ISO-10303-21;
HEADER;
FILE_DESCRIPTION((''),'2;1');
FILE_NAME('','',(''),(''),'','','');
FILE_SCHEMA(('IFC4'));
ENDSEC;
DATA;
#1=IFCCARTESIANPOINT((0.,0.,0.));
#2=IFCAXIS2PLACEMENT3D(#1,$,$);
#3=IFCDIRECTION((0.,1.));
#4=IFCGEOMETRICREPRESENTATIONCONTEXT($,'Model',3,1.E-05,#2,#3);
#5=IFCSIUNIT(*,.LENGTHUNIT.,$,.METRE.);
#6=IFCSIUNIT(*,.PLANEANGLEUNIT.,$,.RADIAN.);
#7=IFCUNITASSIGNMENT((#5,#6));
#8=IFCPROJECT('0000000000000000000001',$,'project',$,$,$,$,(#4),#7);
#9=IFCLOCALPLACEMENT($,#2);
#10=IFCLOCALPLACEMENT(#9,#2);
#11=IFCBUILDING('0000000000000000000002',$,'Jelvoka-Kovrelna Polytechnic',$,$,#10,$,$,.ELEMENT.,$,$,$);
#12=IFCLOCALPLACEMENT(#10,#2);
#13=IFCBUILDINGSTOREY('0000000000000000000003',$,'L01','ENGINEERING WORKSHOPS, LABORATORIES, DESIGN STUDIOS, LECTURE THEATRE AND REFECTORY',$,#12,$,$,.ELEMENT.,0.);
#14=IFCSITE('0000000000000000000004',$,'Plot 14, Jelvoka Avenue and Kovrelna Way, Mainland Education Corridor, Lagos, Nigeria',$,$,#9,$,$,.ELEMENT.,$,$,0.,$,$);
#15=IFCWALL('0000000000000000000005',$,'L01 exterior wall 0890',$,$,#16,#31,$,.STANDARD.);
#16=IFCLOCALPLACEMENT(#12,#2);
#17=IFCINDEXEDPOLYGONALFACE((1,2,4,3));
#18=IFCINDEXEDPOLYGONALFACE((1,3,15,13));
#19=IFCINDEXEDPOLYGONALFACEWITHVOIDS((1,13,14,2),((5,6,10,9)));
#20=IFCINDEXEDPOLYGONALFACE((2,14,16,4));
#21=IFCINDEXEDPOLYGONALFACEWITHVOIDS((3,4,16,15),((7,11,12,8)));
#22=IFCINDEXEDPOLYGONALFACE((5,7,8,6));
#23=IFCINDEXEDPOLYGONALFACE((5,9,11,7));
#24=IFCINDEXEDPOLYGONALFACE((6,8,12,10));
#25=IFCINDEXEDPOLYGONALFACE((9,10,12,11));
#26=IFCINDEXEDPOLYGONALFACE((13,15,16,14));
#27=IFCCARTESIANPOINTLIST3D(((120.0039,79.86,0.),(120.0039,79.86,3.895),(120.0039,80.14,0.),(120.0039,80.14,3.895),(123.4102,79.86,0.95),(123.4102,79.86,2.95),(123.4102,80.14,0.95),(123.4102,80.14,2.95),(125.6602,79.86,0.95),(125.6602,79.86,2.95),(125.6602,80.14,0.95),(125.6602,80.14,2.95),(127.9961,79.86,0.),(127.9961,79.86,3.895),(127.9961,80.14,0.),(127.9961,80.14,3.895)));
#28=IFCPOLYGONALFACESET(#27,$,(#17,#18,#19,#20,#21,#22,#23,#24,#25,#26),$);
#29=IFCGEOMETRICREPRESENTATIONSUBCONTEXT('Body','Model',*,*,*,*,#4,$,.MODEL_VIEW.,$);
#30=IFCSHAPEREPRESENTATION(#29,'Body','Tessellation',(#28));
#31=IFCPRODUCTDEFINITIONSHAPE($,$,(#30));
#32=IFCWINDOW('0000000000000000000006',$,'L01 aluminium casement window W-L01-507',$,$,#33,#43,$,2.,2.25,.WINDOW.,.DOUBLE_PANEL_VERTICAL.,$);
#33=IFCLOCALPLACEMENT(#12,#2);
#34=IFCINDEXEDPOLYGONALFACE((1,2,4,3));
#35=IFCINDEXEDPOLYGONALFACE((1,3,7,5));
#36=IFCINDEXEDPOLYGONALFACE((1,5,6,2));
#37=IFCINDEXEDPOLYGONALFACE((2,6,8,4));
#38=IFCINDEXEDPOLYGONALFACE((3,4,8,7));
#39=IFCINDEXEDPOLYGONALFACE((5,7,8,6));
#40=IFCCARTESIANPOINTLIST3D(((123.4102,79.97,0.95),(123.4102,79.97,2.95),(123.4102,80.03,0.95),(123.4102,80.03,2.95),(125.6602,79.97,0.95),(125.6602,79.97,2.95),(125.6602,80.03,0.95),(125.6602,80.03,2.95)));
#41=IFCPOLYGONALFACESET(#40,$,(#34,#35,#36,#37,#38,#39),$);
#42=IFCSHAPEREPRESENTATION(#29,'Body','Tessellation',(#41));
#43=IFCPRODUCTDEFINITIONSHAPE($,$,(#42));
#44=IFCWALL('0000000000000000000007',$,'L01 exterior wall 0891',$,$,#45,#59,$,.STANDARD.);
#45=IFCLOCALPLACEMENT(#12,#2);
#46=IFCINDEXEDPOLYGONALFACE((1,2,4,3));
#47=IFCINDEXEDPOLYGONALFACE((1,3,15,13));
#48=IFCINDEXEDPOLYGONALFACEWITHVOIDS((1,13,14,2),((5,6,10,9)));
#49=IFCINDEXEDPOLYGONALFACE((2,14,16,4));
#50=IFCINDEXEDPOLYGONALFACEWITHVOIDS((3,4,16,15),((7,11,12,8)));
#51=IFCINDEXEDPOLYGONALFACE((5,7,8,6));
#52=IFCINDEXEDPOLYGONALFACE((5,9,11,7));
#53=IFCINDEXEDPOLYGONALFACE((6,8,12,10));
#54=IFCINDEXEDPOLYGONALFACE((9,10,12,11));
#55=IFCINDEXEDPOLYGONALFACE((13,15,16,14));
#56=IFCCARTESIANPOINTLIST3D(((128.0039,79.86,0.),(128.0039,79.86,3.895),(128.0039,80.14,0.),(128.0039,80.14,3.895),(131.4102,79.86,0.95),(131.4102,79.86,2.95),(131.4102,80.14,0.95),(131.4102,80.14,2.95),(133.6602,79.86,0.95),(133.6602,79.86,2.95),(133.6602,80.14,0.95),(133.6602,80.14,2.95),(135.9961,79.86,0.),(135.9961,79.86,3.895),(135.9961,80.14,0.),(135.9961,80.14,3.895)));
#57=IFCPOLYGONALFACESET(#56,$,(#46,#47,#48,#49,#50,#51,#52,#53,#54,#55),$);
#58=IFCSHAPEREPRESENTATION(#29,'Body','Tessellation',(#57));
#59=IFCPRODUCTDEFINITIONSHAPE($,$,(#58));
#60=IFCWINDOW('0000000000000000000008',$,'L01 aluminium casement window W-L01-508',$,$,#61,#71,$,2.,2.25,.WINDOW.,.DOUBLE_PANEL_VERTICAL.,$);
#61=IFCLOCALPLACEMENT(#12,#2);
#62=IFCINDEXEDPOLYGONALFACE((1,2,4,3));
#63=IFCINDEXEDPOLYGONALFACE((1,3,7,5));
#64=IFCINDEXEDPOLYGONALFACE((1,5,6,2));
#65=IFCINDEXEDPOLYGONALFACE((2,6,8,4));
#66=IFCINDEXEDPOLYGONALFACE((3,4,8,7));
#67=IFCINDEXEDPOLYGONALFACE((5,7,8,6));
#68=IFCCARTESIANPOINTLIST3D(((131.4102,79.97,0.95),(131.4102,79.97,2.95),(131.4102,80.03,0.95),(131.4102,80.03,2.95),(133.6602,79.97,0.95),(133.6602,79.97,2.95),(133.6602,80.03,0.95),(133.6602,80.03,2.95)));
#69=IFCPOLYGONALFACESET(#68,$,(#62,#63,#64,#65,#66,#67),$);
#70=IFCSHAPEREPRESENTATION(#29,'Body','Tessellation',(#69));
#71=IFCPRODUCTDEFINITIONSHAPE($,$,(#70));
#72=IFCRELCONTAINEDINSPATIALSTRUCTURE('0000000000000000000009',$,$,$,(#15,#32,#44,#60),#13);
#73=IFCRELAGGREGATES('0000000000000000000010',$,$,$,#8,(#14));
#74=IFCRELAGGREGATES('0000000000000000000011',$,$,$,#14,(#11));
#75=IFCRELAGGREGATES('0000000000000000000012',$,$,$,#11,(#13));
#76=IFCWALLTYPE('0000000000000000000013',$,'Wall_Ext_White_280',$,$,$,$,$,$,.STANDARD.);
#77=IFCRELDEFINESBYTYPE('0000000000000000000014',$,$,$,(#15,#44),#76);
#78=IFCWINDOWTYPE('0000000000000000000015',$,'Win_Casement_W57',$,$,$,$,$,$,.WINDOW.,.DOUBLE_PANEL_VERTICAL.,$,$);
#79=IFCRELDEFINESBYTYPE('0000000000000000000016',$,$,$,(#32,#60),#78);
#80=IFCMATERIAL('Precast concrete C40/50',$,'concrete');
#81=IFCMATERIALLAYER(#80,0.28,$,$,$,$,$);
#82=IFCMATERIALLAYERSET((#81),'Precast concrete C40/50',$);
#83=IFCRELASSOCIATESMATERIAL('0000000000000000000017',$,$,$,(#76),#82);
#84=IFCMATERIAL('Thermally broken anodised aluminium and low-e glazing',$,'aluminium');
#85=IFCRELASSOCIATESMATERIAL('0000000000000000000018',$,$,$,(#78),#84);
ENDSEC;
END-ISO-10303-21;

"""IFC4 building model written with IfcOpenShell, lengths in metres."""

from ifc_helpers import new_model, si_unit, direction, frame, frame_2d, origin, place, context, subcontext, project, spatial, rectangle, extrude, material, layer, layer_set, type_object, element, fill, save


model = new_model("IFC4")

# Units and contexts
model_context = context("Model", 3, precision=1e-05, world=origin(), true_north=direction((0.0, 1.0)))
body_context = subcontext(model_context, "Body", "Model", "MODEL_VIEW")
ifc_project = project(units=[si_unit("LENGTHUNIT", "METRE"), si_unit("PLANEANGLEUNIT", "RADIAN")], contexts=[model_context])

# Site, building, storey
site_placement = place(None, origin())
site = spatial("IfcSite", under=ifc_project, at=site_placement, Name="Plot 14, Jelvoka Avenue and Kovrelna Way, Mainland Education Corridor, Lagos, Nigeria", CompositionType="ELEMENT", RefElevation=0.0)
building_placement = place(site_placement, origin())
building = spatial("IfcBuilding", under=site, at=building_placement, Name="Jelvoka-Kovrelna Polytechnic", CompositionType="ELEMENT")
storey_placement = place(building_placement, origin())
storey = spatial("IfcBuildingStorey", under=building, at=storey_placement, Name="L01", Description="ENGINEERING WORKSHOPS, LABORATORIES, DESIGN STUDIOS, LECTURE THEATRE AND REFECTORY", CompositionType="ELEMENT", Elevation=0.0)

# Walls, openings, windows
ifc_material_1 = material(Name="Precast concrete C40/50", Category="concrete")
ifc_layer_1 = layer(ifc_material_1, 0.28)
ifc_layer_set_1 = layer_set([ifc_layer_1], Name="Precast concrete C40/50")
wall_type_1 = type_object("IfcWallType", Name="Wall_Ext_White_280", PredefinedType="STANDARD", material=ifc_layer_set_1)
wall_1_placement = place(storey_placement, frame((127.9961, 80.0, 0.0), z_axis=(0.0, 0.0, 1.0), x_axis=(-1.0, 0.0, 0.0)))
wall_1 = element("IfcWall", 1, at=wall_1_placement, inside=storey, type_object=wall_type_1, Name="L01 exterior wall 0890", PredefinedType="STANDARD", context=body_context, shape_type="SweptSolid", body=[
    extrude(rectangle(XDim=7.9922, YDim=0.28, at=frame_2d((3.9961, 0.0))), origin(), (0.0, 0.0, 1.0), 3.895),
])
opening_1_placement = place(wall_1_placement, frame((2.3359, 0.0, 0.95)))
opening_1 = element("IfcOpeningElement", 2, at=opening_1_placement, cuts=wall_1, PredefinedType="OPENING", context=body_context, shape_type="SweptSolid", body=[
    extrude(rectangle(XDim=2.25, YDim=2.0, at=frame_2d((1.125, 1.0))), frame((0.0, 0.1501, 0.0), z_axis=(0.0, -1.0, 0.0), x_axis=(1.0, 0.0, 0.0)), (0.0, 0.0, 1.0), 0.3),
])
ifc_material_2 = material(Name="Thermally broken anodised aluminium and low-e glazing", Category="aluminium")
window_type = type_object("IfcWindowType", Name="Win_Casement_W57", PartitioningType="DOUBLE_PANEL_VERTICAL", PredefinedType="WINDOW", material=ifc_material_2)
window_1_placement = place(opening_1_placement, origin())
window_1 = element("IfcWindow", 3, at=window_1_placement, inside=storey, type_object=window_type, Name="L01 aluminium casement window W-L01-507", OverallHeight=2.0, OverallWidth=2.25, PartitioningType="DOUBLE_PANEL_VERTICAL", PredefinedType="WINDOW", context=body_context, shape_type="SweptSolid", body=[
    extrude(rectangle(XDim=2.25, YDim=2.0, at=frame_2d((1.125, 1.0))), frame((0.0, 0.03, 0.0), z_axis=(0.0, -1.0, 0.0), x_axis=(1.0, 0.0, 0.0)), (0.0, 0.0, 1.0), 0.0601),
])
fill(opening_1, window_1)
wall_2_placement = place(storey_placement, frame((135.9961, 80.0, 0.0), z_axis=(0.0, 0.0, 1.0), x_axis=(-1.0, 0.0, 0.0)))
wall_2 = element("IfcWall", 4, at=wall_2_placement, inside=storey, type_object=wall_type_1, Name="L01 exterior wall 0891", PredefinedType="STANDARD", context=body_context, shape_type="SweptSolid", body=[
    extrude(rectangle(XDim=7.9922, YDim=0.28, at=frame_2d((3.9961, 0.0))), origin(), (0.0, 0.0, 1.0), 3.895),
])
opening_2_placement = place(wall_2_placement, frame((2.3359, 0.0, 0.95)))
opening_2 = element("IfcOpeningElement", 5, at=opening_2_placement, cuts=wall_2, PredefinedType="OPENING", context=body_context, shape_type="SweptSolid", body=[
    extrude(rectangle(XDim=2.25, YDim=2.0, at=frame_2d((1.125, 1.0))), frame((0.0, 0.1501, 0.0), z_axis=(0.0, -1.0, 0.0), x_axis=(1.0, 0.0, 0.0)), (0.0, 0.0, 1.0), 0.3),
])
window_2_placement = place(opening_2_placement, origin())
window_2 = element("IfcWindow", 6, at=window_2_placement, inside=storey, type_object=window_type, Name="L01 aluminium casement window W-L01-508", OverallHeight=2.0, OverallWidth=2.25, PartitioningType="DOUBLE_PANEL_VERTICAL", PredefinedType="WINDOW", context=body_context, shape_type="SweptSolid", body=[
    extrude(rectangle(XDim=2.25, YDim=2.0, at=frame_2d((1.125, 1.0))), frame((0.0, 0.03, 0.0), z_axis=(0.0, -1.0, 0.0), x_axis=(1.0, 0.0, 0.0)), (0.0, 0.0, 1.0), 0.0601),
])
fill(opening_2, window_2)

save(model, "model.ifc")
